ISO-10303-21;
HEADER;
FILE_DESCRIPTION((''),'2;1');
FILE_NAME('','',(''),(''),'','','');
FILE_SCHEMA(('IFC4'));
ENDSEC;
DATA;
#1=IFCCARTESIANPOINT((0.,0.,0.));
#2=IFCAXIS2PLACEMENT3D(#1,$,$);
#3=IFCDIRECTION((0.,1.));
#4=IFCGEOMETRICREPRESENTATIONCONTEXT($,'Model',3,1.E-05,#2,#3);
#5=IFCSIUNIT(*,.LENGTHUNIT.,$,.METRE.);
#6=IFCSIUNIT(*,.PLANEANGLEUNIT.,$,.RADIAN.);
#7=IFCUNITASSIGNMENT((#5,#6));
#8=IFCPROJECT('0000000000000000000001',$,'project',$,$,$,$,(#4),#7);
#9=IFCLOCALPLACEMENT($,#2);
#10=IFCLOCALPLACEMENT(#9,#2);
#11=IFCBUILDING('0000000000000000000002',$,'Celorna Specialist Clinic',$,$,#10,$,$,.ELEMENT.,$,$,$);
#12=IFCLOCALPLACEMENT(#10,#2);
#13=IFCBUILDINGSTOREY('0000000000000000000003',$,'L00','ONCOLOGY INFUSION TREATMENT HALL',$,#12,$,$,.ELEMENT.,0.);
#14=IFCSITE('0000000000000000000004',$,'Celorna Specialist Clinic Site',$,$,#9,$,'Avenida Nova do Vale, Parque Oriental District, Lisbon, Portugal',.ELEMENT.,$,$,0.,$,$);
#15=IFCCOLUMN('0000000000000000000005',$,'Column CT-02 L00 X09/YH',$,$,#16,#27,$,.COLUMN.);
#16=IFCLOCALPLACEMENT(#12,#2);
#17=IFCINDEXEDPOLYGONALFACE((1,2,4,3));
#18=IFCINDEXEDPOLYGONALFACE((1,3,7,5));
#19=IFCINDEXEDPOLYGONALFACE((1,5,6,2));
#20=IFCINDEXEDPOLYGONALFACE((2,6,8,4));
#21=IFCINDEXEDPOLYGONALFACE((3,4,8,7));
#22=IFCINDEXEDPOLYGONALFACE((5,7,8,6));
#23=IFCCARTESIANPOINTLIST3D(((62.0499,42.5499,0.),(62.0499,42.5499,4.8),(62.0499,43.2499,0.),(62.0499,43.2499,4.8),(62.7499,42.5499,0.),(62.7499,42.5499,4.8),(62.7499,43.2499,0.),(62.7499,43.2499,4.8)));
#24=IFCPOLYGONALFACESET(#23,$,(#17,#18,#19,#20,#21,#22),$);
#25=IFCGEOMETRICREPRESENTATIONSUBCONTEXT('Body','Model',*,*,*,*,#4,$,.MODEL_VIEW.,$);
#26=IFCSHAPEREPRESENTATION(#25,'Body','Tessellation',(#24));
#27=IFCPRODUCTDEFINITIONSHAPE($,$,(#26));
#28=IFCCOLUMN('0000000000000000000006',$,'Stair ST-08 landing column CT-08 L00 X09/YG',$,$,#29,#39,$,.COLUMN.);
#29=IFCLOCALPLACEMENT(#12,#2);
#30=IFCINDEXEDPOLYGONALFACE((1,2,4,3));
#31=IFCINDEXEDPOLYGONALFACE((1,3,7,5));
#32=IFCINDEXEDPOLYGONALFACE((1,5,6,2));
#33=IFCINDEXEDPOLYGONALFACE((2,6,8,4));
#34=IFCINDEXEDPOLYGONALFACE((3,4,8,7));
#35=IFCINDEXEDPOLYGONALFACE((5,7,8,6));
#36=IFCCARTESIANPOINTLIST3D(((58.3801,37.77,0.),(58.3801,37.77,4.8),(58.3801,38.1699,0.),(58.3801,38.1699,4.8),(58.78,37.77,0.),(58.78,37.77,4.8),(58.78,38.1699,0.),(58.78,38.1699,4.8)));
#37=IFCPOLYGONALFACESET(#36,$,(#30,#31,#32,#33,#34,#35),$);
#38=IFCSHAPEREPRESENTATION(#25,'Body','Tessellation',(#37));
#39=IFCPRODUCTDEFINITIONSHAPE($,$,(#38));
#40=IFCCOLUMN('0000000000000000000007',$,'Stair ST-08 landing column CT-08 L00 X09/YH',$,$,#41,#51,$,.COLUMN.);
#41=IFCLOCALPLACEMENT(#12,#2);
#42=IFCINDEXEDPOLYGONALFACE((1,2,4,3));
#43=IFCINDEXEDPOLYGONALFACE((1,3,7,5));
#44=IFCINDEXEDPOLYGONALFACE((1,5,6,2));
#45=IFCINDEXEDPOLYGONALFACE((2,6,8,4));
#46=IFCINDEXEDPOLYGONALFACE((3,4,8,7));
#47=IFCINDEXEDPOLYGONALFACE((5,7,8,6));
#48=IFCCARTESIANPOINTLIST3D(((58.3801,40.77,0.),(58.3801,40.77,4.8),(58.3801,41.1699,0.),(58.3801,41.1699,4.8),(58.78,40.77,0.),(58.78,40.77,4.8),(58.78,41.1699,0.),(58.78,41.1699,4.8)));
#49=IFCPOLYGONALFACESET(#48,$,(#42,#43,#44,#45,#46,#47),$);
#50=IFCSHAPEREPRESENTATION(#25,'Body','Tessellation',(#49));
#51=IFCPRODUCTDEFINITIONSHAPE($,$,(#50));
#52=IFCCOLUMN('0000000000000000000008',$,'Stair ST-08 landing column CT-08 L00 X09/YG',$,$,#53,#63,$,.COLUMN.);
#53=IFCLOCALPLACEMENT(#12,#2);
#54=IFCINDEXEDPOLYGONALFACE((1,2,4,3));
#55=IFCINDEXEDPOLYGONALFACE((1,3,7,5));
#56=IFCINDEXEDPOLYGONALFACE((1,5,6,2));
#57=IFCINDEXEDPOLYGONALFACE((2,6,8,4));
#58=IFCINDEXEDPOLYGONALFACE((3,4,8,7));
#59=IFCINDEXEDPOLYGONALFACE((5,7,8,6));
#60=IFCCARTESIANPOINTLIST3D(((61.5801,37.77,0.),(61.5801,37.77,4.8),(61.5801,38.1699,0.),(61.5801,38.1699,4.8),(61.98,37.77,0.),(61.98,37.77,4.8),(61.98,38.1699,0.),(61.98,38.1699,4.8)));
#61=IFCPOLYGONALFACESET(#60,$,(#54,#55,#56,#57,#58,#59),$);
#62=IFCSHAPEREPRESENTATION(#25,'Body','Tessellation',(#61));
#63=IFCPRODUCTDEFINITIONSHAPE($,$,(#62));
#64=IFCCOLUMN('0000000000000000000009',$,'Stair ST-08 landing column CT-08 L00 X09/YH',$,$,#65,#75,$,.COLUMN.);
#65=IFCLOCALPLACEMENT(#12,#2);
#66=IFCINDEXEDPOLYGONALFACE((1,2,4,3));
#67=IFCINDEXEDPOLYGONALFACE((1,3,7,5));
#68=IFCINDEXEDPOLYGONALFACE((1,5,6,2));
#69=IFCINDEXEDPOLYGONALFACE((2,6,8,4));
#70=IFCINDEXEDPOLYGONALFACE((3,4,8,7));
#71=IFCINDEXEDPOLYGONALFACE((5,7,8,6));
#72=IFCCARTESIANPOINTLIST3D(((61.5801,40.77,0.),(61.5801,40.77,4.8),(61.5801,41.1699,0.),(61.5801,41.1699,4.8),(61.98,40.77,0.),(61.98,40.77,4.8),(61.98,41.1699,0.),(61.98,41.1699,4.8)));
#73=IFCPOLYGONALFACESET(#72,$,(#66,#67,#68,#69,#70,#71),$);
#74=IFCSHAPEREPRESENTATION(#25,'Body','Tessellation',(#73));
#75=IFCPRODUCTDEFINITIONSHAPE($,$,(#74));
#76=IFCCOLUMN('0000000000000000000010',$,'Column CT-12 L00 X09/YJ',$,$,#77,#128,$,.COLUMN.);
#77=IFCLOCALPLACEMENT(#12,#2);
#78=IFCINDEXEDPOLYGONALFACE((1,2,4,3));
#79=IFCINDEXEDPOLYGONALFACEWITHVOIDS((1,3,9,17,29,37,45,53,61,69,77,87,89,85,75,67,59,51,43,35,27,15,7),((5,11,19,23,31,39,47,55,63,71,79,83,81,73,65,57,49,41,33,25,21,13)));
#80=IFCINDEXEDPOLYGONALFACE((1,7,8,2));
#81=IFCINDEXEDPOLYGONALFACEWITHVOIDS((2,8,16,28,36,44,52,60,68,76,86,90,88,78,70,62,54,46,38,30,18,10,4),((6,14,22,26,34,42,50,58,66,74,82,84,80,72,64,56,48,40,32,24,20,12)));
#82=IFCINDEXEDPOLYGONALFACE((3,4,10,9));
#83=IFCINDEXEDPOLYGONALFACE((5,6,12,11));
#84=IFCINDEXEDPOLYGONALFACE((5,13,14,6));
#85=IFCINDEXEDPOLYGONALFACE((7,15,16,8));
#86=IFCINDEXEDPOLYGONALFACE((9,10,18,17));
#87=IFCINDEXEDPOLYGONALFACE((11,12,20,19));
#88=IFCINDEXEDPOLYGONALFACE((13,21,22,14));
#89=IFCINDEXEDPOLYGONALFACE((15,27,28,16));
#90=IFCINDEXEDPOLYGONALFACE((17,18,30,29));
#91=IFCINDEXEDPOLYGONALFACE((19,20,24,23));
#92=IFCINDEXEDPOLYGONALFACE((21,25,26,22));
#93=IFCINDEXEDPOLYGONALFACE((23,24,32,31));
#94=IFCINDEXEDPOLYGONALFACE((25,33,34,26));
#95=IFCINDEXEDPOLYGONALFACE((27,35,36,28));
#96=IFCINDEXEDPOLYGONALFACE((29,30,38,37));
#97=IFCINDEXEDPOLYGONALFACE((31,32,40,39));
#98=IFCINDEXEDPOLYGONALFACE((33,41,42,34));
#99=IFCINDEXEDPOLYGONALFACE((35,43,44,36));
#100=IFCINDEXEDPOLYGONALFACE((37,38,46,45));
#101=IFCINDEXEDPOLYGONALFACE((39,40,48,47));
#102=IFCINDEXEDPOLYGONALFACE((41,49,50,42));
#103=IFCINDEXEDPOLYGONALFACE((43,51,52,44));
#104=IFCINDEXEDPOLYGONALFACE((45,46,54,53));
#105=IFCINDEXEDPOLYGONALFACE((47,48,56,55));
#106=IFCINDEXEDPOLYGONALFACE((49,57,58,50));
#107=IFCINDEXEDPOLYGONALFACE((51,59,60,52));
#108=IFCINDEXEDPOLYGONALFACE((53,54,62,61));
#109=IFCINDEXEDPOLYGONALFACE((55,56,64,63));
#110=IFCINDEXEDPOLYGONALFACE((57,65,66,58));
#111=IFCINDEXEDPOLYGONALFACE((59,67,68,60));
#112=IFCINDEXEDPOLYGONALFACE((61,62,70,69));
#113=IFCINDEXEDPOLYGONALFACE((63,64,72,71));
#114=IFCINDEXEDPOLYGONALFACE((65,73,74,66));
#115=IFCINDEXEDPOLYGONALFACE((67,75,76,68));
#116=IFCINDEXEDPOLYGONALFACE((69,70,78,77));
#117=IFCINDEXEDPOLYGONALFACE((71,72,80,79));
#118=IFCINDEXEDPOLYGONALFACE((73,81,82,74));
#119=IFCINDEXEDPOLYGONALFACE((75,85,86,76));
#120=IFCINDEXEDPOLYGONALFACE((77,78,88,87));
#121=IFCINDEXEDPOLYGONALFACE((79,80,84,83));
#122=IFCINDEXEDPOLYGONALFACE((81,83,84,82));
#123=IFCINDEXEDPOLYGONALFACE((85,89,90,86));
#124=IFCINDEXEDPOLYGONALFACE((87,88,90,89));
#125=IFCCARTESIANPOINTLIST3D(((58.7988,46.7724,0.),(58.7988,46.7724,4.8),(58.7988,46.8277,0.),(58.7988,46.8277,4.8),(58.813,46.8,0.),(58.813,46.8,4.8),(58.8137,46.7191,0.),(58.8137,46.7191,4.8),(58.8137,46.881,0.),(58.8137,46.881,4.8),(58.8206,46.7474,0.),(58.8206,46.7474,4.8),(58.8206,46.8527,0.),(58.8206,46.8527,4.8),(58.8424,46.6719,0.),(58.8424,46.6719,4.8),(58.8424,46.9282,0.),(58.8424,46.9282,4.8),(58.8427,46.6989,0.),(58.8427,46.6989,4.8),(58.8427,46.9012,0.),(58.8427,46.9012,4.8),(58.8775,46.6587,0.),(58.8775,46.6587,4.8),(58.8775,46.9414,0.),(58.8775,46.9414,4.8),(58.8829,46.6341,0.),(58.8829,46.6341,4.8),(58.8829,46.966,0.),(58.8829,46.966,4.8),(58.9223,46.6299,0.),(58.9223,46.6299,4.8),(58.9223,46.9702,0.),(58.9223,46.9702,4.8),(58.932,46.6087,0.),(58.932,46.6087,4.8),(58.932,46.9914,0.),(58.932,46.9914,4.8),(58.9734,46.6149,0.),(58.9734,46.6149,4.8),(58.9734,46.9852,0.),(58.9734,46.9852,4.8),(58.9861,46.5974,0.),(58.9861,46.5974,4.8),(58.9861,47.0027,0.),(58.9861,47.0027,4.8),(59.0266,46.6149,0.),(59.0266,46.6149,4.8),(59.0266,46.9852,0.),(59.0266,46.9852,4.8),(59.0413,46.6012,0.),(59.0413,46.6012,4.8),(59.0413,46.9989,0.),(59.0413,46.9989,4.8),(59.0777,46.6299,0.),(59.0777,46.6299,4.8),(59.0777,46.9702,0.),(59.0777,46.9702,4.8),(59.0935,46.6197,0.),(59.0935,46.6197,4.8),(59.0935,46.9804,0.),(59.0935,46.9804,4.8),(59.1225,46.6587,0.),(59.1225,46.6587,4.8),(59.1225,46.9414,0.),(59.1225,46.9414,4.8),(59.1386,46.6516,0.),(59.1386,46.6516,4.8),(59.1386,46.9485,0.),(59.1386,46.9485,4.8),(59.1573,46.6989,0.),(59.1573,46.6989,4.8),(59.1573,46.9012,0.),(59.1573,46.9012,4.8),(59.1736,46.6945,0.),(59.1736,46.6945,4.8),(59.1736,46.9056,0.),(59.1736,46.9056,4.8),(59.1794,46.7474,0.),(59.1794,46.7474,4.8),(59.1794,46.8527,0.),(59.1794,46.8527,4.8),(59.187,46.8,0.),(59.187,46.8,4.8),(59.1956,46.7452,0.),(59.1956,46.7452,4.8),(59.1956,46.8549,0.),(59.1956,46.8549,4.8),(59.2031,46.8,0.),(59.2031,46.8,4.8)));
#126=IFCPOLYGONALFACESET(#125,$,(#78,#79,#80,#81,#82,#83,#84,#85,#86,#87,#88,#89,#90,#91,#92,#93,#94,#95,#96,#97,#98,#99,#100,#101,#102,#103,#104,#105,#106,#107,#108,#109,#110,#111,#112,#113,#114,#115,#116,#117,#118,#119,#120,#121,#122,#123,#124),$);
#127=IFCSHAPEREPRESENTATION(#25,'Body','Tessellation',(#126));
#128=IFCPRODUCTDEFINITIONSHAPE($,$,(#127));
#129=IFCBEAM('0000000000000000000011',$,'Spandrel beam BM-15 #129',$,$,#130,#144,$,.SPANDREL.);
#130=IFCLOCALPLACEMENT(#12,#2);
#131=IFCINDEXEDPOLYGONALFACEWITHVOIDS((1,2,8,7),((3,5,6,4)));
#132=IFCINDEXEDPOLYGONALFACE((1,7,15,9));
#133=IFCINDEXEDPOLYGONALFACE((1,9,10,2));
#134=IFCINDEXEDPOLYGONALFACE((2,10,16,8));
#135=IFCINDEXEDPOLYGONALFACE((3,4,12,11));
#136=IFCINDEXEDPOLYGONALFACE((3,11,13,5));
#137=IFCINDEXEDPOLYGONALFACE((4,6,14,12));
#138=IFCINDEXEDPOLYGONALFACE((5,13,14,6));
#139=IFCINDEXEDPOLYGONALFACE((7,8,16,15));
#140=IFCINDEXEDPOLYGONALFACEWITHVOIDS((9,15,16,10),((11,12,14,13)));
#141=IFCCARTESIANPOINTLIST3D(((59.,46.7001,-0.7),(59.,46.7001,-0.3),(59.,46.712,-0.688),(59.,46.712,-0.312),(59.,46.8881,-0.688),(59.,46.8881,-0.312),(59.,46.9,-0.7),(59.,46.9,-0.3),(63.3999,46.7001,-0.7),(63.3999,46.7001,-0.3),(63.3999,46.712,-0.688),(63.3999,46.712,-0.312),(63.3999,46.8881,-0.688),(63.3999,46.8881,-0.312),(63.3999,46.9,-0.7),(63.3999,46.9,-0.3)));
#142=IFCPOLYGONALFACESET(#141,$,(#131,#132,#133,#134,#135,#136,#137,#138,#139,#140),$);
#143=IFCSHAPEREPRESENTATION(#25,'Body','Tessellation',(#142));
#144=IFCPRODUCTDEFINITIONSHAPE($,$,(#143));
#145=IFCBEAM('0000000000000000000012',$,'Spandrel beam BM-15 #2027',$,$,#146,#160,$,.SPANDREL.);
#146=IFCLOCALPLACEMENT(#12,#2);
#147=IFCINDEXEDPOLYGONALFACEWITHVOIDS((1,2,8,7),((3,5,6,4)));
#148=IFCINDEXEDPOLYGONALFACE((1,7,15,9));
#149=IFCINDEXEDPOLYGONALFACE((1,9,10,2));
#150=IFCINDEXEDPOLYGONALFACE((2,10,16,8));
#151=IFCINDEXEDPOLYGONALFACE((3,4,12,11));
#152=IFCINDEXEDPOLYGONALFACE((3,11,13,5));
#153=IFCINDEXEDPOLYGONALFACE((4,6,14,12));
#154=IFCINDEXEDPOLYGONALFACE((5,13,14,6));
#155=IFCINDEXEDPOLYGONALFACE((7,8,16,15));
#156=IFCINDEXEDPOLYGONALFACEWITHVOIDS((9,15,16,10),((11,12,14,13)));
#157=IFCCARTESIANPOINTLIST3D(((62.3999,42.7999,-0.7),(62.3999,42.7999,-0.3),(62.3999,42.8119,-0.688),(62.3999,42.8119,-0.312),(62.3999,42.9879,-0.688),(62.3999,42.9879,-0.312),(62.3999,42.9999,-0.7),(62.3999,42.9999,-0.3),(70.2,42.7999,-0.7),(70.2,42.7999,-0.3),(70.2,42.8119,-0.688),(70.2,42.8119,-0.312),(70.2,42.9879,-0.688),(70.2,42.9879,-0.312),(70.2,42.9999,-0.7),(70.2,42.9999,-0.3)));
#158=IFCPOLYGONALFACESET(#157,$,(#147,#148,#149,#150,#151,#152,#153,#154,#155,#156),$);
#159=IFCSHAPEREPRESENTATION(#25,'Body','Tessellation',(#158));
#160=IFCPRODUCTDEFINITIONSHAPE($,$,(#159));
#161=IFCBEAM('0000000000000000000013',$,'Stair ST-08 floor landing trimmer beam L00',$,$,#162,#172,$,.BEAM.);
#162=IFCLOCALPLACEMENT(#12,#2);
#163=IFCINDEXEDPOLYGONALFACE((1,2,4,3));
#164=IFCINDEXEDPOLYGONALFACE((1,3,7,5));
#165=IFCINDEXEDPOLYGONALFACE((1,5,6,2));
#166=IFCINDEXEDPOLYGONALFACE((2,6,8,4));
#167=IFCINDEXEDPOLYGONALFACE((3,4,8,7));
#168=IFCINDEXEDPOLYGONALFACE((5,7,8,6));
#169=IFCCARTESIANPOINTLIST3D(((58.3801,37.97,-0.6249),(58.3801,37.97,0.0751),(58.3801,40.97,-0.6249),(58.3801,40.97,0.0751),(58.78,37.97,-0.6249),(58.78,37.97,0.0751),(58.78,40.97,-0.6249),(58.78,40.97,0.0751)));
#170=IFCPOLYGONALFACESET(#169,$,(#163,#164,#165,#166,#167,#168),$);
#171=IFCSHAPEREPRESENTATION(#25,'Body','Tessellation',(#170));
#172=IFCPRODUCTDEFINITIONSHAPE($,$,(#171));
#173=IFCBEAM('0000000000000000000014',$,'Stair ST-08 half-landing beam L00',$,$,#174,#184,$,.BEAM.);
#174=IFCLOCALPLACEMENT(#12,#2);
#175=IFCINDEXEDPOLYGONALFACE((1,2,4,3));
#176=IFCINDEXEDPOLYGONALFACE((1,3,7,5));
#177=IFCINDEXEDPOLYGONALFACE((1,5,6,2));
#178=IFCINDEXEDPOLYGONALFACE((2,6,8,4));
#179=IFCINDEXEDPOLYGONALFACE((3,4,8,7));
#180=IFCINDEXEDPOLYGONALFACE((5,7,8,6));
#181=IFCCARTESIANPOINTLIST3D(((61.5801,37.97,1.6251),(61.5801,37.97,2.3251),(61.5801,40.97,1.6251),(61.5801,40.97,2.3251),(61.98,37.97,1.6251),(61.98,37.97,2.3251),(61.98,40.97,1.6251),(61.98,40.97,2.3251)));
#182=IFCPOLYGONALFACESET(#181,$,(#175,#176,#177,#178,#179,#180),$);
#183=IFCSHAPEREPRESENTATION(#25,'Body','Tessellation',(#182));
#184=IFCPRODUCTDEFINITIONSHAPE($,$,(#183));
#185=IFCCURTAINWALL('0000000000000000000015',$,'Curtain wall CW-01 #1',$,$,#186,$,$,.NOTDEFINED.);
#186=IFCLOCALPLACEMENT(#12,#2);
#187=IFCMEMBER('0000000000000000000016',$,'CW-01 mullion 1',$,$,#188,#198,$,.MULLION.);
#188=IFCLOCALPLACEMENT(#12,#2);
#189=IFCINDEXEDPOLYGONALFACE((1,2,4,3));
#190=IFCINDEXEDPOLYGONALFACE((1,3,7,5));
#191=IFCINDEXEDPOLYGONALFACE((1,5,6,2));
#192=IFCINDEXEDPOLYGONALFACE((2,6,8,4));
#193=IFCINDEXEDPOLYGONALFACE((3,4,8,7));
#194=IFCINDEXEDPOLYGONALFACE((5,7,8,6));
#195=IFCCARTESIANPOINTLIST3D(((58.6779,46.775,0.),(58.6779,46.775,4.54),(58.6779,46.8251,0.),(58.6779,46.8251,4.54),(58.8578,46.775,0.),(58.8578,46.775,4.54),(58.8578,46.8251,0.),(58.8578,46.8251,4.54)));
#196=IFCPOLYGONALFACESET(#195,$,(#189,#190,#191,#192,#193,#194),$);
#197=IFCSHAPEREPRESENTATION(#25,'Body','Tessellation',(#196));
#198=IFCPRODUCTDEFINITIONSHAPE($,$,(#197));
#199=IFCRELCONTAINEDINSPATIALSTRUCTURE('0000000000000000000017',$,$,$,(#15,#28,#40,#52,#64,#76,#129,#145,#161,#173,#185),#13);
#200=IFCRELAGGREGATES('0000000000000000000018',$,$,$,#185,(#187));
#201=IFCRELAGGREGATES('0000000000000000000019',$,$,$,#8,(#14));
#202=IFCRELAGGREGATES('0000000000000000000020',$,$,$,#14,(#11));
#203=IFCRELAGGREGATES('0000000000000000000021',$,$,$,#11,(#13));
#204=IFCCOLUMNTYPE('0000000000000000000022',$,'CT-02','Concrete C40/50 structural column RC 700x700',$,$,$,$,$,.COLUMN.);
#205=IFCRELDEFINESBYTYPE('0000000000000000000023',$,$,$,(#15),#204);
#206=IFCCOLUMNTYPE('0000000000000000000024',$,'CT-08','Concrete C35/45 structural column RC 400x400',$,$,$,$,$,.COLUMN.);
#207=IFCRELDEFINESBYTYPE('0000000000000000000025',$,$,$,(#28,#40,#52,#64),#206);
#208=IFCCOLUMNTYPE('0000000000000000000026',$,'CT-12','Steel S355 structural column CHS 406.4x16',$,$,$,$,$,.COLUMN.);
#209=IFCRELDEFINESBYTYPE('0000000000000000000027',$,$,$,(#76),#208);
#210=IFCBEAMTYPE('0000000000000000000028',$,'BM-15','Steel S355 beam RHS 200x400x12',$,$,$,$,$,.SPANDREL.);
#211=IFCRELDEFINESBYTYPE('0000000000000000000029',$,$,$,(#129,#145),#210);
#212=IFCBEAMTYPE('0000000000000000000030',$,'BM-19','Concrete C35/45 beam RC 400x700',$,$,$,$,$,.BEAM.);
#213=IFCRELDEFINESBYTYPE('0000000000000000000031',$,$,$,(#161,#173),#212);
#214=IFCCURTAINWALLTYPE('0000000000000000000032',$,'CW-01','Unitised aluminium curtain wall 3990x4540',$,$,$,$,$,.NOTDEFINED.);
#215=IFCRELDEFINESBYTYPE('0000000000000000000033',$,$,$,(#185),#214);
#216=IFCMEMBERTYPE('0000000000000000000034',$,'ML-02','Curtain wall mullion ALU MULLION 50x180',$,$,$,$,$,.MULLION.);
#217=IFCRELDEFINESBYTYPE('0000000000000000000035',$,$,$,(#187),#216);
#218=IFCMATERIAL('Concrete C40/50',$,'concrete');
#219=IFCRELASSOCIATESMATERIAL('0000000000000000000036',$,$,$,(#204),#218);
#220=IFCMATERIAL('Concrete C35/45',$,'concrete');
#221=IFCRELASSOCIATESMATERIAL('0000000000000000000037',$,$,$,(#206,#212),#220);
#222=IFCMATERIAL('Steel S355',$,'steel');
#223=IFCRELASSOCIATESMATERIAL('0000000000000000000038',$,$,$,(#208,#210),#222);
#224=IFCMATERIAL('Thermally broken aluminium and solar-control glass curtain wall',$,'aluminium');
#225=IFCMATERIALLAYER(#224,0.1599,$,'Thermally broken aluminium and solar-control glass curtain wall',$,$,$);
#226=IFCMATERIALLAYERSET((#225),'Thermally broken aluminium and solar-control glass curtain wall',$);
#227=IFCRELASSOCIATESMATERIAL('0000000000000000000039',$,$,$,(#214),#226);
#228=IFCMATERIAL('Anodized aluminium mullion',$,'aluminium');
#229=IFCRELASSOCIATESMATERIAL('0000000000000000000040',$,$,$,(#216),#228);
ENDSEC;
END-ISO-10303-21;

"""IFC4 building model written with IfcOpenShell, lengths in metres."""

from ifc_helpers import new_model, si_unit, direction, frame, origin, origin_2d, place, context, subcontext, project, spatial, rectangle, hollow_rectangle, hollow_circle, extrude, material, layer, layer_set, material_profile, profile_set, type_object, element, aggregate, save


model = new_model("IFC4")

# Units and contexts
model_context = context("Model", 3, precision=1e-05, world=origin(), true_north=direction((0.0, 1.0)))
body_context = subcontext(model_context, "Body", "Model", "MODEL_VIEW")
ifc_project = project(units=[si_unit("LENGTHUNIT", "METRE"), si_unit("PLANEANGLEUNIT", "RADIAN")], contexts=[model_context])

# Site, building, storey
site_placement = place(None, origin())
site = spatial("IfcSite", under=ifc_project, at=site_placement, Name="Celorna Specialist Clinic Site", LongName="Avenida Nova do Vale, Parque Oriental District, Lisbon, Portugal", CompositionType="ELEMENT", RefElevation=0.0)
building_placement = place(site_placement, origin())
building = spatial("IfcBuilding", under=site, at=building_placement, Name="Celorna Specialist Clinic", CompositionType="ELEMENT")
storey_placement = place(building_placement, origin())
storey = spatial("IfcBuildingStorey", under=building, at=storey_placement, Name="L00", Description="ONCOLOGY INFUSION TREATMENT HALL", CompositionType="ELEMENT", Elevation=0.0)

# Columns
ifc_material_1 = material(Name="Concrete C40/50", Category="concrete")
ifc_material_profile_1 = material_profile(ifc_material_1, rectangle(XDim=0.7, YDim=0.7, at=origin_2d()), Name="RC 700x700")
ifc_profile_set_1 = profile_set([ifc_material_profile_1], Name="Concrete C40/50")
column_type_1 = type_object("IfcColumnType", Name="CT-02", Description="Concrete C40/50 structural column RC 700x700", PredefinedType="COLUMN", material=ifc_profile_set_1)
column_1_placement = place(storey_placement, frame((62.3999, 42.8999, 0.0), z_axis=(0.0, 0.0, 1.0), x_axis=(1.0, 0.0, 0.0)))
element("IfcColumn", 1, at=column_1_placement, inside=storey, type_object=column_type_1, Name="Column CT-02 L00 X09/YH", PredefinedType="COLUMN", context=body_context, shape_type="SweptSolid", body=[
    extrude(rectangle(XDim=0.7, YDim=0.7, at=origin_2d()), origin(), (0.0, 0.0, 1.0), 4.8),
])
ifc_material_2 = material(Name="Concrete C35/45", Category="concrete")
ifc_material_profile_2 = material_profile(ifc_material_2, rectangle(XDim=0.3999, YDim=0.3999, at=origin_2d()), Name="RC 400x400")
ifc_profile_set_2 = profile_set([ifc_material_profile_2], Name="Concrete C35/45")
column_type_2 = type_object("IfcColumnType", Name="CT-08", Description="Concrete C35/45 structural column RC 400x400", PredefinedType="COLUMN", material=ifc_profile_set_2)
for number, where, z_axis, x_axis, name in (
    (2, (58.5801, 37.97, 0.0), (0.0, 0.0, 1.0), (1.0, 0.0, 0.0), "Stair ST-08 landing column CT-08 L00 X09/YG"),
    (3, (58.5801, 40.97, 0.0), (0.0, 0.0, 1.0), (1.0, 0.0, 0.0), "Stair ST-08 landing column CT-08 L00 X09/YH"),
    (4, (61.78, 37.97, 0.0), (0.0, 0.0, 1.0), (1.0, 0.0, 0.0), "Stair ST-08 landing column CT-08 L00 X09/YG"),
    (5, (61.78, 40.97, 0.0), (0.0, 0.0, 1.0), (1.0, 0.0, 0.0), "Stair ST-08 landing column CT-08 L00 X09/YH"),
):
    element("IfcColumn", number, at=place(storey_placement, frame(where, z_axis=z_axis, x_axis=x_axis)), inside=storey, type_object=column_type_2, Name=name, PredefinedType="COLUMN", context=body_context, shape_type="SweptSolid", body=[
        extrude(rectangle(XDim=0.3999, YDim=0.3999, at=origin_2d()), origin(), (0.0, 0.0, 1.0), 4.8),
    ])
ifc_material_3 = material(Name="Steel S355", Category="steel")
ifc_material_profile_3 = material_profile(ifc_material_3, hollow_circle(Radius=0.2031, WallThickness=0.0161, at=origin_2d()), Name="CHS 406.4x16")
ifc_profile_set_3 = profile_set([ifc_material_profile_3], Name="Steel S355")
column_type_3 = type_object("IfcColumnType", Name="CT-12", Description="Steel S355 structural column CHS 406.4x16", PredefinedType="COLUMN", material=ifc_profile_set_3)
column_2_placement = place(storey_placement, frame((59.0, 46.8, 0.0), z_axis=(0.0, 0.0, 1.0), x_axis=(1.0, 0.0, 0.0)))
element("IfcColumn", 6, at=column_2_placement, inside=storey, type_object=column_type_3, Name="Column CT-12 L00 X09/YJ", PredefinedType="COLUMN", context=body_context, shape_type="SweptSolid", body=[
    extrude(hollow_circle(Radius=0.2031, WallThickness=0.0161, at=origin_2d()), origin(), (0.0, 0.0, 1.0), 4.8),
])

# Beams
ifc_material_profile_4 = material_profile(ifc_material_3, hollow_rectangle(XDim=0.2, YDim=0.3999, WallThickness=0.012, at=origin_2d()), Name="RHS 200x400x12")
ifc_profile_set_4 = profile_set([ifc_material_profile_4], Name="Steel S355")
beam_type_1 = type_object("IfcBeamType", Name="BM-15", Description="Steel S355 beam RHS 200x400x12", PredefinedType="SPANDREL", material=ifc_profile_set_4)
beam_1_placement = place(storey_placement, frame((59.0, 46.8, -0.5), z_axis=(1.0, 0.0, 0.0), x_axis=(0.0, 1.0, 0.0)))
element("IfcBeam", 7, at=beam_1_placement, inside=storey, type_object=beam_type_1, Name="Spandrel beam BM-15 #129", PredefinedType="SPANDREL", context=body_context, shape_type="SweptSolid", body=[
    extrude(hollow_rectangle(XDim=0.2, YDim=0.3999, WallThickness=0.012, at=origin_2d()), origin(), (0.0, 0.0, 1.0), 4.3999),
])
beam_2_placement = place(storey_placement, frame((62.3999, 42.8999, -0.5), z_axis=(1.0, 0.0, 0.0), x_axis=(0.0, 1.0, 0.0)))
element("IfcBeam", 8, at=beam_2_placement, inside=storey, type_object=beam_type_1, Name="Spandrel beam BM-15 #2027", PredefinedType="SPANDREL", context=body_context, shape_type="SweptSolid", body=[
    extrude(hollow_rectangle(XDim=0.2, YDim=0.3999, WallThickness=0.012, at=origin_2d()), origin(), (0.0, 0.0, 1.0), 7.8),
])
ifc_material_profile_5 = material_profile(ifc_material_2, rectangle(XDim=0.3999, YDim=0.7, at=origin_2d()), Name="RC 400x700")
ifc_profile_set_5 = profile_set([ifc_material_profile_5], Name="Concrete C35/45")
beam_type_2 = type_object("IfcBeamType", Name="BM-19", Description="Concrete C35/45 beam RC 400x700", PredefinedType="BEAM", material=ifc_profile_set_5)
for number, where, z_axis, x_axis, name in (
    (9, (58.5801, 37.97, -0.2749), (0.0, 1.0, 0.0), (-1.0, 0.0, 0.0), "Stair ST-08 floor landing trimmer beam L00"),
    (10, (61.78, 37.97, 1.9751), (0.0, 1.0, 0.0), (-1.0, 0.0, 0.0), "Stair ST-08 half-landing beam L00"),
):
    element("IfcBeam", number, at=place(storey_placement, frame(where, z_axis=z_axis, x_axis=x_axis)), inside=storey, type_object=beam_type_2, Name=name, PredefinedType="BEAM", context=body_context, shape_type="SweptSolid", body=[
        extrude(rectangle(XDim=0.3999, YDim=0.7, at=origin_2d()), origin(), (0.0, 0.0, 1.0), 3.0),
    ])

# Curtain wall, member
ifc_material_4 = material(Name="Thermally broken aluminium and solar-control glass curtain wall", Category="aluminium")
ifc_layer_1 = layer(ifc_material_4, 0.1599, Name="Thermally broken aluminium and solar-control glass curtain wall")
ifc_layer_set_1 = layer_set([ifc_layer_1], Name="Thermally broken aluminium and solar-control glass curtain wall")
curtain_wall_type_1 = type_object("IfcCurtainWallType", Name="CW-01", Description="Unitised aluminium curtain wall 3990x4540", PredefinedType="NOTDEFINED", material=ifc_layer_set_1)
curtain_wall_1_placement = place(storey_placement, origin())
curtain_wall_1 = element("IfcCurtainWall", 11, at=curtain_wall_1_placement, inside=storey, type_object=curtain_wall_type_1, Name="Curtain wall CW-01 #1", PredefinedType="NOTDEFINED")
ifc_material_5 = material(Name="Anodized aluminium mullion", Category="aluminium")
ifc_material_profile_6 = material_profile(ifc_material_5, rectangle(XDim=0.05, YDim=0.1799, at=origin_2d()), Name="ALU MULLION 50x180")
ifc_profile_set_6 = profile_set([ifc_material_profile_6], Name="Anodized aluminium mullion")
member_type_1 = type_object("IfcMemberType", Name="ML-02", Description="Curtain wall mullion ALU MULLION 50x180", PredefinedType="MULLION", material=ifc_profile_set_6)
member_1_placement = place(storey_placement, frame((58.7678, 46.8, 0.0), z_axis=(0.0, 0.0, 1.0), x_axis=(0.0, -1.0, 0.0)))
member_1 = element("IfcMember", 12, at=member_1_placement, type_object=member_type_1, Name="CW-01 mullion 1", PredefinedType="MULLION", context=body_context, shape_type="SweptSolid", body=[
    extrude(rectangle(XDim=0.05, YDim=0.1799, at=origin_2d()), origin(), (0.0, 0.0, 1.0), 4.54),
])

aggregate(curtain_wall_1, [member_1])

save(model, "model.ifc")
